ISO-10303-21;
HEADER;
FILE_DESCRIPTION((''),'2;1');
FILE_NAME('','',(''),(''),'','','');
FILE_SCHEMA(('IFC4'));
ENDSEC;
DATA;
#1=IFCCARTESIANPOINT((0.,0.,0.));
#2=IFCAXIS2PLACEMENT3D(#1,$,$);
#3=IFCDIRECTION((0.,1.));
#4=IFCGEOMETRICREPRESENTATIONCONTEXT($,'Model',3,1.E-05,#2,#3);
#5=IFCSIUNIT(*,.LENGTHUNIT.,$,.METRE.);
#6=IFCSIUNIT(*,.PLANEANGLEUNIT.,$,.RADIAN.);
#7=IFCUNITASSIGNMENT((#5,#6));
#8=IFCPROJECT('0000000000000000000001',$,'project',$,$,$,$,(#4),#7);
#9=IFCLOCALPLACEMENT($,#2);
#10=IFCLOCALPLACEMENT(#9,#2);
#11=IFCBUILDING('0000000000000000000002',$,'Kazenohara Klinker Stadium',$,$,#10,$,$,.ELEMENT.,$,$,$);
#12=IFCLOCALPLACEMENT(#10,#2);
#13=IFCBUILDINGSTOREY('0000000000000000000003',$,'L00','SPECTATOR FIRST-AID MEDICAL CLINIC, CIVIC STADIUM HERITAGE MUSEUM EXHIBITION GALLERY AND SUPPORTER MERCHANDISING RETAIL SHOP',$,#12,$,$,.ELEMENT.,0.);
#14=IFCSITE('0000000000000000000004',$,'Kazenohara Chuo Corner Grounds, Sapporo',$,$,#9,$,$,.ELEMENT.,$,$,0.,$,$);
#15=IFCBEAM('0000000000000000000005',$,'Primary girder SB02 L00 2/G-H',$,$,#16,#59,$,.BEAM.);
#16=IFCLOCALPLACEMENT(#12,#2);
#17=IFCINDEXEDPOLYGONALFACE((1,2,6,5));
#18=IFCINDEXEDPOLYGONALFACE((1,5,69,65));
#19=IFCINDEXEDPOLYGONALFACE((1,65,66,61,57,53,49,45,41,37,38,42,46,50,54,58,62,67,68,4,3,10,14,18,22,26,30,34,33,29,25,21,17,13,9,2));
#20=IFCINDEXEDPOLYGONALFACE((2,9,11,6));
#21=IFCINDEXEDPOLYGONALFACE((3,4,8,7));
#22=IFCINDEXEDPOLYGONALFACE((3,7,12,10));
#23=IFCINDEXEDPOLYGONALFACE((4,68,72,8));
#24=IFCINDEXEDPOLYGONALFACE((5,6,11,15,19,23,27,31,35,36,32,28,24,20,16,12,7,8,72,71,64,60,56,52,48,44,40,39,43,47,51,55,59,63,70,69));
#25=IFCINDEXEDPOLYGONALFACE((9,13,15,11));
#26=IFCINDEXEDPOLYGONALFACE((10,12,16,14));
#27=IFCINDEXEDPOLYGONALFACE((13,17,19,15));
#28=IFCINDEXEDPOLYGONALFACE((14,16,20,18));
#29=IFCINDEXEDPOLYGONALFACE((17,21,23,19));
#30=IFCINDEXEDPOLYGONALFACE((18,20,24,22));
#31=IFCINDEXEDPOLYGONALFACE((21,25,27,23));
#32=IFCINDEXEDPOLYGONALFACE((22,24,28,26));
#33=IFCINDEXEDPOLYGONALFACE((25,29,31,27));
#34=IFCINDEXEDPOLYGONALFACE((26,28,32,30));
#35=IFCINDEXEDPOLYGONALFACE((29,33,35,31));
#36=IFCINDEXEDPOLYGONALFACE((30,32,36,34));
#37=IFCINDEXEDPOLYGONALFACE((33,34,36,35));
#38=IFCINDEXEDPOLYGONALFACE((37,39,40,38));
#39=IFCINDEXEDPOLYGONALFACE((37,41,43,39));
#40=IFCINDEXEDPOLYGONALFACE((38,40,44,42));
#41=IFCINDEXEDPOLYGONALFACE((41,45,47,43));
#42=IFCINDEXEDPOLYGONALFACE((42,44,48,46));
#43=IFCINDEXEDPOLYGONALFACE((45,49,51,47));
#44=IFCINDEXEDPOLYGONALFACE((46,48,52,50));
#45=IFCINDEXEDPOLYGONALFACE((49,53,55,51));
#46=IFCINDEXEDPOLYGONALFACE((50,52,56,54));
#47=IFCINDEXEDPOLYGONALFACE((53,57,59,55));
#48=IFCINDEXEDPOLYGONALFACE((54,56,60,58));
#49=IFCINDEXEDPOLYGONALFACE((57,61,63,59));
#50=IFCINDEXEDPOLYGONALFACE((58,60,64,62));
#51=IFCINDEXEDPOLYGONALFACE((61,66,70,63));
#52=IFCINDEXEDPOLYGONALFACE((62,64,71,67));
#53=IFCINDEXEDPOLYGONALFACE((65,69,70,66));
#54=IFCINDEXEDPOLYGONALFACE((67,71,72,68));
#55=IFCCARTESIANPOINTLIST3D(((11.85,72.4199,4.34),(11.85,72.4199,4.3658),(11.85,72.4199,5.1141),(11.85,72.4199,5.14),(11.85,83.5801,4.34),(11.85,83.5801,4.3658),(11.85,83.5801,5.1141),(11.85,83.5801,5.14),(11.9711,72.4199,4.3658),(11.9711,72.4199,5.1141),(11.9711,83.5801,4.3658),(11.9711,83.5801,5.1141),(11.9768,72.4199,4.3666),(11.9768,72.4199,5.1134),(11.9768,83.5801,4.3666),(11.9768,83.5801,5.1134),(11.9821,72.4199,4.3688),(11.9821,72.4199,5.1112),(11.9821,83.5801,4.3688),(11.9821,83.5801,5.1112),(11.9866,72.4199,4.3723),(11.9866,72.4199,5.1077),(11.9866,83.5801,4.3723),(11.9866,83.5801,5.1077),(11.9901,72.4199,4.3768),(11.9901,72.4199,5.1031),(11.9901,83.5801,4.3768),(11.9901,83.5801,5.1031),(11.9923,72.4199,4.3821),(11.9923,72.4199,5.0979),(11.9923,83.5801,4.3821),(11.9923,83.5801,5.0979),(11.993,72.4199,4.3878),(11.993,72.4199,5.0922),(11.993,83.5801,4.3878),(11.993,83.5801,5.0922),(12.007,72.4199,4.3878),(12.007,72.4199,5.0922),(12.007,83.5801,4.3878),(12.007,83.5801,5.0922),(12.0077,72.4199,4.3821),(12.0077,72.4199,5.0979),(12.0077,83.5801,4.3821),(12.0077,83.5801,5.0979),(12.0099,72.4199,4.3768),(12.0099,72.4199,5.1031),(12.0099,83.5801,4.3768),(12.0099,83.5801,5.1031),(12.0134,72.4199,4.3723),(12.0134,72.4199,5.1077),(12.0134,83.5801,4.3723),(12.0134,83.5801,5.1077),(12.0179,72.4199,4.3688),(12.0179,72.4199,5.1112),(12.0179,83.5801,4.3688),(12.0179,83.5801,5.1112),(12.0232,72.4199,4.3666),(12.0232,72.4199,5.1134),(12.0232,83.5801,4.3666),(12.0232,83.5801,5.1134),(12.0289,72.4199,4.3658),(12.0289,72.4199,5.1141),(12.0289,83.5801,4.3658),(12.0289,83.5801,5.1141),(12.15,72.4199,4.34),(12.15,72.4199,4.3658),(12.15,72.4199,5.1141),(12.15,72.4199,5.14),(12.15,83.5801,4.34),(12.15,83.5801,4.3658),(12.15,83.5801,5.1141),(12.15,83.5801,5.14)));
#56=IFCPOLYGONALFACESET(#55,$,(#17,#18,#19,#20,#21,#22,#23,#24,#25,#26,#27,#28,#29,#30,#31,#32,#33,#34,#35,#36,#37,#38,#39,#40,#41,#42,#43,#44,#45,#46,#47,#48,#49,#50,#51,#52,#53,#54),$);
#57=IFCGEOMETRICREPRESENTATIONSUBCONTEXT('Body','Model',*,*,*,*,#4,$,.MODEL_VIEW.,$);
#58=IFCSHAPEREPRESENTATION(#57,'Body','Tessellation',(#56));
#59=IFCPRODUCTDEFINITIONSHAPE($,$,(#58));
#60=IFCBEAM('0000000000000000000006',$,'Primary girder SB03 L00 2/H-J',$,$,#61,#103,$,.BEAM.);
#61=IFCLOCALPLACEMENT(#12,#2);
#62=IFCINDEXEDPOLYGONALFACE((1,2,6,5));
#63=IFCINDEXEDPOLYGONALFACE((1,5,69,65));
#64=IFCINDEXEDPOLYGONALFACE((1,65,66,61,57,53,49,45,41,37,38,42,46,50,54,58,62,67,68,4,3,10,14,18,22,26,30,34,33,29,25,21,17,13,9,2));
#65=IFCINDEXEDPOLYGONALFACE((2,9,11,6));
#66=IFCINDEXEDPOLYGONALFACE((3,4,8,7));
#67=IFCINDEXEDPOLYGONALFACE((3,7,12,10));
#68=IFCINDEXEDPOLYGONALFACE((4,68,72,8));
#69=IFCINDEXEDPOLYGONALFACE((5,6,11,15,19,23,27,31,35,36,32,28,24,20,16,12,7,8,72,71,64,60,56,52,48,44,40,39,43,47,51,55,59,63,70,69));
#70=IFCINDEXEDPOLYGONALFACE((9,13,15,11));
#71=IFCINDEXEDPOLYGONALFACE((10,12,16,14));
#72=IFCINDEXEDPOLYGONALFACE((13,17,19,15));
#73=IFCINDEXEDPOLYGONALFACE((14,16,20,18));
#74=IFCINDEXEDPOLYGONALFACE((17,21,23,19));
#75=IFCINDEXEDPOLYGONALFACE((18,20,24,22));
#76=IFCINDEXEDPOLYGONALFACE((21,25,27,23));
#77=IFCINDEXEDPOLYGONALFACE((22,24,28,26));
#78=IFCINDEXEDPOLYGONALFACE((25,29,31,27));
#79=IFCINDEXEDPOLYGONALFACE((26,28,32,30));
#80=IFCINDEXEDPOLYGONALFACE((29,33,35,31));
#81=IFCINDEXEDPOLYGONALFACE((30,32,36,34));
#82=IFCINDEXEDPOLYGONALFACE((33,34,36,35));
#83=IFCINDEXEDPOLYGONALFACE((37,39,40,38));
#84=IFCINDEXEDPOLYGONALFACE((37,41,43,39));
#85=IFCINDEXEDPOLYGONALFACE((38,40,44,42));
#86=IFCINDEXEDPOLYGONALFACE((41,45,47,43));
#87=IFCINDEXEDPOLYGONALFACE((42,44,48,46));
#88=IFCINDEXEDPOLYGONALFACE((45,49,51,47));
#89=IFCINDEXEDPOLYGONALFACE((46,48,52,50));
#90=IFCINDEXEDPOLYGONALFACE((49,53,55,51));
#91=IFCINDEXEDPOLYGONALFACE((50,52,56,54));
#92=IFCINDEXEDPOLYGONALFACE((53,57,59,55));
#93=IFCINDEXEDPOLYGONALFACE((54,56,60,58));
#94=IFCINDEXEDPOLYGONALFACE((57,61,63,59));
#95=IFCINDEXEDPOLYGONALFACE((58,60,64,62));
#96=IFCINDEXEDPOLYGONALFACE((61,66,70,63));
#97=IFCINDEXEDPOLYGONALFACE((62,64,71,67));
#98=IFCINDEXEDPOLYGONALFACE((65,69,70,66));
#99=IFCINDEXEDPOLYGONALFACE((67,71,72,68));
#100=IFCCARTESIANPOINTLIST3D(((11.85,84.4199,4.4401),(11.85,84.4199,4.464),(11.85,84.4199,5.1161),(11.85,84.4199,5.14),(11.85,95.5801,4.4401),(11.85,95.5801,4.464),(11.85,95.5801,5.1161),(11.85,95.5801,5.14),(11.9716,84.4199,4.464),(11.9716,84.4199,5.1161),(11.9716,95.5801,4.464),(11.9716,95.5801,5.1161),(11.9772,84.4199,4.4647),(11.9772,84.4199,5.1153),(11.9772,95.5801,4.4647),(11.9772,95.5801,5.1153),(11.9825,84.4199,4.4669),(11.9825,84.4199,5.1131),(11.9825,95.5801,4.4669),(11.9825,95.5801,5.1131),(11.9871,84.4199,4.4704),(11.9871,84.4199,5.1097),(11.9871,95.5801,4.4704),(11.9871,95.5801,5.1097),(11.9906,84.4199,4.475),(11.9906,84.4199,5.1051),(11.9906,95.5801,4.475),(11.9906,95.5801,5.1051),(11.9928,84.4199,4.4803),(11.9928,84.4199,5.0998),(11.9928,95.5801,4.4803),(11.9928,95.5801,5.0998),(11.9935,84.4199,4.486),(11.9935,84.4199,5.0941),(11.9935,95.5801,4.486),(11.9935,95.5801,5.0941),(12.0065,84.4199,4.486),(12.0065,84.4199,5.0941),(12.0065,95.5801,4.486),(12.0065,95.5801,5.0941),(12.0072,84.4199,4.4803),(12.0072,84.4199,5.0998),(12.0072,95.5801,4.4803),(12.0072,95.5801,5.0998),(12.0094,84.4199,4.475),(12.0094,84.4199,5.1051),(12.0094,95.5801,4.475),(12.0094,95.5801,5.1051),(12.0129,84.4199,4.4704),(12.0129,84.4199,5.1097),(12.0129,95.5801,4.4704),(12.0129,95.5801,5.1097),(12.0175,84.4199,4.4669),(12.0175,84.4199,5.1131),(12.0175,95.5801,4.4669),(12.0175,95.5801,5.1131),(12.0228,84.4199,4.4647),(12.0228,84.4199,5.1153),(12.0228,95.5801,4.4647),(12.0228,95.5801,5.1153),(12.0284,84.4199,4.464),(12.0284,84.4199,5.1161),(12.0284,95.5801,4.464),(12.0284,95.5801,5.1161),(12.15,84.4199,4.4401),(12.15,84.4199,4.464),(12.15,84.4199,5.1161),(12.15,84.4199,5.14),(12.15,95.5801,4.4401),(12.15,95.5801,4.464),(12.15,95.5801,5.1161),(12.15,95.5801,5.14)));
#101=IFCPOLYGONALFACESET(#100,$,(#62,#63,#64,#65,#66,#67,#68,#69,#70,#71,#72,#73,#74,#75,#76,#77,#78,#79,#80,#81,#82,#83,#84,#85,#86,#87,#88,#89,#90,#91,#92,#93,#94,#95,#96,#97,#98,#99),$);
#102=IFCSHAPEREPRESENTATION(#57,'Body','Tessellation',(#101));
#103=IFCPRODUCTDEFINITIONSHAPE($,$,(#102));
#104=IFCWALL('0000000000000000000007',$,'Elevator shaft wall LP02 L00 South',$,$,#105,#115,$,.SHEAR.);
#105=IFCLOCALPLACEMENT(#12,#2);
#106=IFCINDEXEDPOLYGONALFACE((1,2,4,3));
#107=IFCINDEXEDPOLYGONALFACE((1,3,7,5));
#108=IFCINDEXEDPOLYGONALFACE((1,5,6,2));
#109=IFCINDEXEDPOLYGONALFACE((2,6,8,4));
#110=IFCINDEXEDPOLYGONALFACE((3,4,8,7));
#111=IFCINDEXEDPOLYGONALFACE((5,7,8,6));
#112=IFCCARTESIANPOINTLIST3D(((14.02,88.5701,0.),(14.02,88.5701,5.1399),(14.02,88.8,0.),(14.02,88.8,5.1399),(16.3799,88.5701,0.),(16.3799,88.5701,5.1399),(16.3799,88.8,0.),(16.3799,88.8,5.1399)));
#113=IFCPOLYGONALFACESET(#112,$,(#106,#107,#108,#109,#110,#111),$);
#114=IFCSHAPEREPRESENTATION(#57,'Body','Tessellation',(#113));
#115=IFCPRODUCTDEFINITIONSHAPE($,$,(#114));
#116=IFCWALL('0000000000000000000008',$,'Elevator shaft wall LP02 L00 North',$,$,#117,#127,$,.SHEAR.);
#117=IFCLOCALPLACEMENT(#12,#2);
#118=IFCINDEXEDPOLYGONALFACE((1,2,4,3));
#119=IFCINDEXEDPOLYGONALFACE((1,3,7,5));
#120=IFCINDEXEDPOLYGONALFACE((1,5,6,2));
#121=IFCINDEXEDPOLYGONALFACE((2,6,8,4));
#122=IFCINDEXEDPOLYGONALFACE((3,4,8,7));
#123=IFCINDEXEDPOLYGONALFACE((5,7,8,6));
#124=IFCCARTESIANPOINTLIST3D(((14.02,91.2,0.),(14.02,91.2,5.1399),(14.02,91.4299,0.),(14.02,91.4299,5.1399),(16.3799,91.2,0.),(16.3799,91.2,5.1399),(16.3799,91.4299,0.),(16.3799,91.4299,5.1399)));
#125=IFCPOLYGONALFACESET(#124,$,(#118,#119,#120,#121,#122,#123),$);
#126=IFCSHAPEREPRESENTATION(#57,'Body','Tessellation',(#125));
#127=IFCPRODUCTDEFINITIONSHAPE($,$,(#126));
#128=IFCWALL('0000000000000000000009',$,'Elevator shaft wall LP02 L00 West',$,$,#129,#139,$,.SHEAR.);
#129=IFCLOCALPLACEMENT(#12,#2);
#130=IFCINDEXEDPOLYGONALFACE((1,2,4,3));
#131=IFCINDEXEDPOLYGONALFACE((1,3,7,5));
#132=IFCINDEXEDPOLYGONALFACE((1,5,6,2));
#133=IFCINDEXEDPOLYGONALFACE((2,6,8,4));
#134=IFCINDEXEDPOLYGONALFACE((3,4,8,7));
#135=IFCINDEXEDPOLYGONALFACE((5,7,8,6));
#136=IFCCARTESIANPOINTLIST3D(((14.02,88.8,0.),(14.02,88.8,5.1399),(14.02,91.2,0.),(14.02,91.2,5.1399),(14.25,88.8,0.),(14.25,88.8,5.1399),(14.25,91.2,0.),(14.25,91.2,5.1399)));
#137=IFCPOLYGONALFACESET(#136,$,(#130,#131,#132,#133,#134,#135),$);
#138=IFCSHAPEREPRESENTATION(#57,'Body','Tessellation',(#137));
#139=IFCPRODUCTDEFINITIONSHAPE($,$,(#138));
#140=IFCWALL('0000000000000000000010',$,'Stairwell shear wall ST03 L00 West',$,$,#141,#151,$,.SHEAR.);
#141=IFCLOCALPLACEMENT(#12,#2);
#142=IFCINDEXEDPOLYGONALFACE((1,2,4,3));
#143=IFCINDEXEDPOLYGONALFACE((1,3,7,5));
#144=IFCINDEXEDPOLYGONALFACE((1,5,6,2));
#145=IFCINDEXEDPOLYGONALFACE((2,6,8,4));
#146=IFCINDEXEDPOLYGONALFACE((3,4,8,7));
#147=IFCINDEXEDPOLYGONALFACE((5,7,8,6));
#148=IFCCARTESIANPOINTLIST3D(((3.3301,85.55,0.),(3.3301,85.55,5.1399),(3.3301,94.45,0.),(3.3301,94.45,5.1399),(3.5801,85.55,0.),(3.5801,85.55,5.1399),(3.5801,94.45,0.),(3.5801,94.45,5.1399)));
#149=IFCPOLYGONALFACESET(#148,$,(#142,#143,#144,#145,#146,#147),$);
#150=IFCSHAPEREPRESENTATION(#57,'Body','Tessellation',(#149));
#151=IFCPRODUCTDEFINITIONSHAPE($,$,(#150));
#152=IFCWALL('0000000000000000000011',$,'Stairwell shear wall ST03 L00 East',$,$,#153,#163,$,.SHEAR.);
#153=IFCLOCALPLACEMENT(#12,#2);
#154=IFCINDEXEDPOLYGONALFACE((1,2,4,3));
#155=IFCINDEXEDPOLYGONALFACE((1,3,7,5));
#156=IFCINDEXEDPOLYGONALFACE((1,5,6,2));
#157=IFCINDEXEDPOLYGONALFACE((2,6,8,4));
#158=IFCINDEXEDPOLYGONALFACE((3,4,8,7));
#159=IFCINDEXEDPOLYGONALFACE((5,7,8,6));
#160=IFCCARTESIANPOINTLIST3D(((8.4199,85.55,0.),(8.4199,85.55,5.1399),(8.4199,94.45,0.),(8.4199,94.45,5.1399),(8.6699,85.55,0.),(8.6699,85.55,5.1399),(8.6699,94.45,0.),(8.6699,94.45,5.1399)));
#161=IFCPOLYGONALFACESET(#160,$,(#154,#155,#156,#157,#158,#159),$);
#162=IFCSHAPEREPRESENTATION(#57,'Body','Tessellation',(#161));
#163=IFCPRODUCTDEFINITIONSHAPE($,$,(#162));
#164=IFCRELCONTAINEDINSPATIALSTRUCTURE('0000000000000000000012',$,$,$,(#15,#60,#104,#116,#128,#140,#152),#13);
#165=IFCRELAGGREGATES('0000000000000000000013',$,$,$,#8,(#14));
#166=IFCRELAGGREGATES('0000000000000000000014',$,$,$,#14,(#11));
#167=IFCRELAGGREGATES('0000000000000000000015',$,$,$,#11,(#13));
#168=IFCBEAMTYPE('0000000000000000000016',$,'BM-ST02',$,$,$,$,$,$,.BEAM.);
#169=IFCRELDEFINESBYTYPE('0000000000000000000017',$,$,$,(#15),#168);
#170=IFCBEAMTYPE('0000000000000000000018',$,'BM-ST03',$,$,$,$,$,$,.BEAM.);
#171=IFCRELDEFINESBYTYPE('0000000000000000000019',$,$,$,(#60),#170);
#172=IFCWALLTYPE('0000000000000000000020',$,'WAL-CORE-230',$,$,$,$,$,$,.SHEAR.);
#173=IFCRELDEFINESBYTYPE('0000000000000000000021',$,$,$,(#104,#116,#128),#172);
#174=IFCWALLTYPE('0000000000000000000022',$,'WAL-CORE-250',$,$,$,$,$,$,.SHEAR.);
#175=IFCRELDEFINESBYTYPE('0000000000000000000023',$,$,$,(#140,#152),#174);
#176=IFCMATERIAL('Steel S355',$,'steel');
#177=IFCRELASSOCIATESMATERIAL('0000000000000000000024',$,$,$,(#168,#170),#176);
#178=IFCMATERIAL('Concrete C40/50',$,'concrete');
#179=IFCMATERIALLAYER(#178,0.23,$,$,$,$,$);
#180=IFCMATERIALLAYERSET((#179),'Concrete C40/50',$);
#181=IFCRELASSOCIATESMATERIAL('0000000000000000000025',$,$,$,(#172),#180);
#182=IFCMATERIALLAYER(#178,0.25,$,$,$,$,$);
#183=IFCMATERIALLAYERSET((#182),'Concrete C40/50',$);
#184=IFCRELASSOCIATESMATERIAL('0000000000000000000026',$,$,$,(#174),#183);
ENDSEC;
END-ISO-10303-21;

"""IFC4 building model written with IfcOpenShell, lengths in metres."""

from ifc_helpers import new_model, si_unit, direction, frame, frame_2d, origin, origin_2d, place, context, subcontext, project, spatial, rectangle, i_section, extrude, material, layer, layer_set, material_profile, profile_set, type_object, element, save


model = new_model("IFC4")

# Units and contexts
model_context = context("Model", 3, precision=1e-05, world=origin(), true_north=direction((0.0, 1.0)))
body_context = subcontext(model_context, "Body", "Model", "MODEL_VIEW")
ifc_project = project(units=[si_unit("LENGTHUNIT", "METRE"), si_unit("PLANEANGLEUNIT", "RADIAN")], contexts=[model_context])

# Site, building, storey
site_placement = place(None, origin())
site = spatial("IfcSite", under=ifc_project, at=site_placement, Name="Kazenohara Chuo Corner Grounds, Sapporo", CompositionType="ELEMENT", RefElevation=0.0)
building_placement = place(site_placement, origin())
building = spatial("IfcBuilding", under=site, at=building_placement, Name="Kazenohara Klinker Stadium", CompositionType="ELEMENT")
storey_placement = place(building_placement, origin())
storey = spatial("IfcBuildingStorey", under=building, at=storey_placement, Name="L00", Description="SPECTATOR FIRST-AID MEDICAL CLINIC, CIVIC STADIUM HERITAGE MUSEUM EXHIBITION GALLERY AND SUPPORTER MERCHANDISING RETAIL SHOP", CompositionType="ELEMENT", Elevation=0.0)

# Shared definitions
ifc_material_1 = material(Name="Concrete C40/50", Category="concrete")

# Beams
ifc_material_2 = material(Name="Steel S355", Category="steel")
ifc_material_profile_1 = material_profile(ifc_material_2, i_section(OverallWidth=0.3, OverallDepth=0.8, WebThickness=0.0139, FlangeThickness=0.0259, FilletRadius=0.022, at=origin_2d()), Name="H-800x300x14x26")
ifc_profile_set_1 = profile_set([ifc_material_profile_1], Name="Steel S355")
beam_type_1 = type_object("IfcBeamType", Name="BM-ST02", PredefinedType="BEAM", material=ifc_profile_set_1)
for number, where, z_axis, x_axis, name in (
    (1, (12.0, 72.4199, 4.74), (0.0, 1.0, 0.0), (-1.0, 0.0, 0.0), "Primary girder SB02 L00 2/G-H"),
):
    element("IfcBeam", number, at=place(storey_placement, frame(where, z_axis=z_axis, x_axis=x_axis)), inside=storey, type_object=beam_type_1, Name=name, PredefinedType="BEAM", context=body_context, shape_type="SweptSolid", body=[
        extrude(i_section(OverallWidth=0.3, OverallDepth=0.8, WebThickness=0.0139, FlangeThickness=0.0259, FilletRadius=0.022, at=origin_2d()), origin(), (0.0, 0.0, 1.0), 11.1602),
    ])
ifc_material_profile_2 = material_profile(ifc_material_2, i_section(OverallWidth=0.3, OverallDepth=0.7, WebThickness=0.0129, FlangeThickness=0.0239, FilletRadius=0.022, at=origin_2d()), Name="H-700x300x13x24")
ifc_profile_set_2 = profile_set([ifc_material_profile_2], Name="Steel S355")
beam_type_2 = type_object("IfcBeamType", Name="BM-ST03", PredefinedType="BEAM", material=ifc_profile_set_2)
beam_1_placement = place(storey_placement, frame((12.0, 84.4199, 4.79), z_axis=(0.0, 1.0, 0.0), x_axis=(-1.0, 0.0, 0.0)))
element("IfcBeam", 2, at=beam_1_placement, inside=storey, type_object=beam_type_2, Name="Primary girder SB03 L00 2/H-J", PredefinedType="BEAM", context=body_context, shape_type="SweptSolid", body=[
    extrude(i_section(OverallWidth=0.3, OverallDepth=0.7, WebThickness=0.0129, FlangeThickness=0.0239, FilletRadius=0.022, at=origin_2d()), origin(), (0.0, 0.0, 1.0), 11.1602),
])

# Walls
ifc_layer_1 = layer(ifc_material_1, 0.23)
ifc_layer_set_1 = layer_set([ifc_layer_1], Name="Concrete C40/50")
wall_type_1 = type_object("IfcWallType", Name="WAL-CORE-230", PredefinedType="SHEAR", material=ifc_layer_set_1)
for number, where, z_axis, x_axis, name in (
    (3, (14.02, 88.6851, 0.0), (0.0, 0.0, 1.0), (1.0, 0.0, 0.0), "Elevator shaft wall LP02 L00 South"),
    (4, (14.02, 91.3149, 0.0), (0.0, 0.0, 1.0), (1.0, 0.0, 0.0), "Elevator shaft wall LP02 L00 North"),
):
    element("IfcWall", number, at=place(storey_placement, frame(where, z_axis=z_axis, x_axis=x_axis)), inside=storey, type_object=wall_type_1, Name=name, PredefinedType="SHEAR", context=body_context, shape_type="SweptSolid", body=[
        extrude(rectangle(XDim=2.3599, YDim=0.23, at=frame_2d((1.1799, 0.0))), origin(), (0.0, 0.0, 1.0), 5.1399),
    ])
wall_1_placement = place(storey_placement, frame((14.135, 88.8, 0.0), z_axis=(0.0, 0.0, 1.0), x_axis=(0.0, 1.0, 0.0)))
element("IfcWall", 5, at=wall_1_placement, inside=storey, type_object=wall_type_1, Name="Elevator shaft wall LP02 L00 West", PredefinedType="SHEAR", context=body_context, shape_type="SweptSolid", body=[
    extrude(rectangle(XDim=2.3999, YDim=0.23, at=frame_2d((1.2, 0.0))), origin(), (0.0, 0.0, 1.0), 5.1399),
])

# Shared definitions
ifc_layer_2 = layer(ifc_material_1, 0.25)
ifc_layer_set_2 = layer_set([ifc_layer_2], Name="Concrete C40/50")
wall_type_2 = type_object("IfcWallType", Name="WAL-CORE-250", PredefinedType="SHEAR", material=ifc_layer_set_2)

# Walls
for number, where, z_axis, x_axis, name in (
    (6, (3.4551, 85.55, 0.0), (0.0, 0.0, 1.0), (0.0, 1.0, 0.0), "Stairwell shear wall ST03 L00 West"),
    (7, (8.5449, 85.55, 0.0), (0.0, 0.0, 1.0), (0.0, 1.0, 0.0), "Stairwell shear wall ST03 L00 East"),
):
    element("IfcWall", number, at=place(storey_placement, frame(where, z_axis=z_axis, x_axis=x_axis)), inside=storey, type_object=wall_type_2, Name=name, PredefinedType="SHEAR", context=body_context, shape_type="SweptSolid", body=[
        extrude(rectangle(XDim=8.8999, YDim=0.25, at=frame_2d((4.45, 0.0))), origin(), (0.0, 0.0, 1.0), 5.1399),
    ])

save(model, "model.ifc")
